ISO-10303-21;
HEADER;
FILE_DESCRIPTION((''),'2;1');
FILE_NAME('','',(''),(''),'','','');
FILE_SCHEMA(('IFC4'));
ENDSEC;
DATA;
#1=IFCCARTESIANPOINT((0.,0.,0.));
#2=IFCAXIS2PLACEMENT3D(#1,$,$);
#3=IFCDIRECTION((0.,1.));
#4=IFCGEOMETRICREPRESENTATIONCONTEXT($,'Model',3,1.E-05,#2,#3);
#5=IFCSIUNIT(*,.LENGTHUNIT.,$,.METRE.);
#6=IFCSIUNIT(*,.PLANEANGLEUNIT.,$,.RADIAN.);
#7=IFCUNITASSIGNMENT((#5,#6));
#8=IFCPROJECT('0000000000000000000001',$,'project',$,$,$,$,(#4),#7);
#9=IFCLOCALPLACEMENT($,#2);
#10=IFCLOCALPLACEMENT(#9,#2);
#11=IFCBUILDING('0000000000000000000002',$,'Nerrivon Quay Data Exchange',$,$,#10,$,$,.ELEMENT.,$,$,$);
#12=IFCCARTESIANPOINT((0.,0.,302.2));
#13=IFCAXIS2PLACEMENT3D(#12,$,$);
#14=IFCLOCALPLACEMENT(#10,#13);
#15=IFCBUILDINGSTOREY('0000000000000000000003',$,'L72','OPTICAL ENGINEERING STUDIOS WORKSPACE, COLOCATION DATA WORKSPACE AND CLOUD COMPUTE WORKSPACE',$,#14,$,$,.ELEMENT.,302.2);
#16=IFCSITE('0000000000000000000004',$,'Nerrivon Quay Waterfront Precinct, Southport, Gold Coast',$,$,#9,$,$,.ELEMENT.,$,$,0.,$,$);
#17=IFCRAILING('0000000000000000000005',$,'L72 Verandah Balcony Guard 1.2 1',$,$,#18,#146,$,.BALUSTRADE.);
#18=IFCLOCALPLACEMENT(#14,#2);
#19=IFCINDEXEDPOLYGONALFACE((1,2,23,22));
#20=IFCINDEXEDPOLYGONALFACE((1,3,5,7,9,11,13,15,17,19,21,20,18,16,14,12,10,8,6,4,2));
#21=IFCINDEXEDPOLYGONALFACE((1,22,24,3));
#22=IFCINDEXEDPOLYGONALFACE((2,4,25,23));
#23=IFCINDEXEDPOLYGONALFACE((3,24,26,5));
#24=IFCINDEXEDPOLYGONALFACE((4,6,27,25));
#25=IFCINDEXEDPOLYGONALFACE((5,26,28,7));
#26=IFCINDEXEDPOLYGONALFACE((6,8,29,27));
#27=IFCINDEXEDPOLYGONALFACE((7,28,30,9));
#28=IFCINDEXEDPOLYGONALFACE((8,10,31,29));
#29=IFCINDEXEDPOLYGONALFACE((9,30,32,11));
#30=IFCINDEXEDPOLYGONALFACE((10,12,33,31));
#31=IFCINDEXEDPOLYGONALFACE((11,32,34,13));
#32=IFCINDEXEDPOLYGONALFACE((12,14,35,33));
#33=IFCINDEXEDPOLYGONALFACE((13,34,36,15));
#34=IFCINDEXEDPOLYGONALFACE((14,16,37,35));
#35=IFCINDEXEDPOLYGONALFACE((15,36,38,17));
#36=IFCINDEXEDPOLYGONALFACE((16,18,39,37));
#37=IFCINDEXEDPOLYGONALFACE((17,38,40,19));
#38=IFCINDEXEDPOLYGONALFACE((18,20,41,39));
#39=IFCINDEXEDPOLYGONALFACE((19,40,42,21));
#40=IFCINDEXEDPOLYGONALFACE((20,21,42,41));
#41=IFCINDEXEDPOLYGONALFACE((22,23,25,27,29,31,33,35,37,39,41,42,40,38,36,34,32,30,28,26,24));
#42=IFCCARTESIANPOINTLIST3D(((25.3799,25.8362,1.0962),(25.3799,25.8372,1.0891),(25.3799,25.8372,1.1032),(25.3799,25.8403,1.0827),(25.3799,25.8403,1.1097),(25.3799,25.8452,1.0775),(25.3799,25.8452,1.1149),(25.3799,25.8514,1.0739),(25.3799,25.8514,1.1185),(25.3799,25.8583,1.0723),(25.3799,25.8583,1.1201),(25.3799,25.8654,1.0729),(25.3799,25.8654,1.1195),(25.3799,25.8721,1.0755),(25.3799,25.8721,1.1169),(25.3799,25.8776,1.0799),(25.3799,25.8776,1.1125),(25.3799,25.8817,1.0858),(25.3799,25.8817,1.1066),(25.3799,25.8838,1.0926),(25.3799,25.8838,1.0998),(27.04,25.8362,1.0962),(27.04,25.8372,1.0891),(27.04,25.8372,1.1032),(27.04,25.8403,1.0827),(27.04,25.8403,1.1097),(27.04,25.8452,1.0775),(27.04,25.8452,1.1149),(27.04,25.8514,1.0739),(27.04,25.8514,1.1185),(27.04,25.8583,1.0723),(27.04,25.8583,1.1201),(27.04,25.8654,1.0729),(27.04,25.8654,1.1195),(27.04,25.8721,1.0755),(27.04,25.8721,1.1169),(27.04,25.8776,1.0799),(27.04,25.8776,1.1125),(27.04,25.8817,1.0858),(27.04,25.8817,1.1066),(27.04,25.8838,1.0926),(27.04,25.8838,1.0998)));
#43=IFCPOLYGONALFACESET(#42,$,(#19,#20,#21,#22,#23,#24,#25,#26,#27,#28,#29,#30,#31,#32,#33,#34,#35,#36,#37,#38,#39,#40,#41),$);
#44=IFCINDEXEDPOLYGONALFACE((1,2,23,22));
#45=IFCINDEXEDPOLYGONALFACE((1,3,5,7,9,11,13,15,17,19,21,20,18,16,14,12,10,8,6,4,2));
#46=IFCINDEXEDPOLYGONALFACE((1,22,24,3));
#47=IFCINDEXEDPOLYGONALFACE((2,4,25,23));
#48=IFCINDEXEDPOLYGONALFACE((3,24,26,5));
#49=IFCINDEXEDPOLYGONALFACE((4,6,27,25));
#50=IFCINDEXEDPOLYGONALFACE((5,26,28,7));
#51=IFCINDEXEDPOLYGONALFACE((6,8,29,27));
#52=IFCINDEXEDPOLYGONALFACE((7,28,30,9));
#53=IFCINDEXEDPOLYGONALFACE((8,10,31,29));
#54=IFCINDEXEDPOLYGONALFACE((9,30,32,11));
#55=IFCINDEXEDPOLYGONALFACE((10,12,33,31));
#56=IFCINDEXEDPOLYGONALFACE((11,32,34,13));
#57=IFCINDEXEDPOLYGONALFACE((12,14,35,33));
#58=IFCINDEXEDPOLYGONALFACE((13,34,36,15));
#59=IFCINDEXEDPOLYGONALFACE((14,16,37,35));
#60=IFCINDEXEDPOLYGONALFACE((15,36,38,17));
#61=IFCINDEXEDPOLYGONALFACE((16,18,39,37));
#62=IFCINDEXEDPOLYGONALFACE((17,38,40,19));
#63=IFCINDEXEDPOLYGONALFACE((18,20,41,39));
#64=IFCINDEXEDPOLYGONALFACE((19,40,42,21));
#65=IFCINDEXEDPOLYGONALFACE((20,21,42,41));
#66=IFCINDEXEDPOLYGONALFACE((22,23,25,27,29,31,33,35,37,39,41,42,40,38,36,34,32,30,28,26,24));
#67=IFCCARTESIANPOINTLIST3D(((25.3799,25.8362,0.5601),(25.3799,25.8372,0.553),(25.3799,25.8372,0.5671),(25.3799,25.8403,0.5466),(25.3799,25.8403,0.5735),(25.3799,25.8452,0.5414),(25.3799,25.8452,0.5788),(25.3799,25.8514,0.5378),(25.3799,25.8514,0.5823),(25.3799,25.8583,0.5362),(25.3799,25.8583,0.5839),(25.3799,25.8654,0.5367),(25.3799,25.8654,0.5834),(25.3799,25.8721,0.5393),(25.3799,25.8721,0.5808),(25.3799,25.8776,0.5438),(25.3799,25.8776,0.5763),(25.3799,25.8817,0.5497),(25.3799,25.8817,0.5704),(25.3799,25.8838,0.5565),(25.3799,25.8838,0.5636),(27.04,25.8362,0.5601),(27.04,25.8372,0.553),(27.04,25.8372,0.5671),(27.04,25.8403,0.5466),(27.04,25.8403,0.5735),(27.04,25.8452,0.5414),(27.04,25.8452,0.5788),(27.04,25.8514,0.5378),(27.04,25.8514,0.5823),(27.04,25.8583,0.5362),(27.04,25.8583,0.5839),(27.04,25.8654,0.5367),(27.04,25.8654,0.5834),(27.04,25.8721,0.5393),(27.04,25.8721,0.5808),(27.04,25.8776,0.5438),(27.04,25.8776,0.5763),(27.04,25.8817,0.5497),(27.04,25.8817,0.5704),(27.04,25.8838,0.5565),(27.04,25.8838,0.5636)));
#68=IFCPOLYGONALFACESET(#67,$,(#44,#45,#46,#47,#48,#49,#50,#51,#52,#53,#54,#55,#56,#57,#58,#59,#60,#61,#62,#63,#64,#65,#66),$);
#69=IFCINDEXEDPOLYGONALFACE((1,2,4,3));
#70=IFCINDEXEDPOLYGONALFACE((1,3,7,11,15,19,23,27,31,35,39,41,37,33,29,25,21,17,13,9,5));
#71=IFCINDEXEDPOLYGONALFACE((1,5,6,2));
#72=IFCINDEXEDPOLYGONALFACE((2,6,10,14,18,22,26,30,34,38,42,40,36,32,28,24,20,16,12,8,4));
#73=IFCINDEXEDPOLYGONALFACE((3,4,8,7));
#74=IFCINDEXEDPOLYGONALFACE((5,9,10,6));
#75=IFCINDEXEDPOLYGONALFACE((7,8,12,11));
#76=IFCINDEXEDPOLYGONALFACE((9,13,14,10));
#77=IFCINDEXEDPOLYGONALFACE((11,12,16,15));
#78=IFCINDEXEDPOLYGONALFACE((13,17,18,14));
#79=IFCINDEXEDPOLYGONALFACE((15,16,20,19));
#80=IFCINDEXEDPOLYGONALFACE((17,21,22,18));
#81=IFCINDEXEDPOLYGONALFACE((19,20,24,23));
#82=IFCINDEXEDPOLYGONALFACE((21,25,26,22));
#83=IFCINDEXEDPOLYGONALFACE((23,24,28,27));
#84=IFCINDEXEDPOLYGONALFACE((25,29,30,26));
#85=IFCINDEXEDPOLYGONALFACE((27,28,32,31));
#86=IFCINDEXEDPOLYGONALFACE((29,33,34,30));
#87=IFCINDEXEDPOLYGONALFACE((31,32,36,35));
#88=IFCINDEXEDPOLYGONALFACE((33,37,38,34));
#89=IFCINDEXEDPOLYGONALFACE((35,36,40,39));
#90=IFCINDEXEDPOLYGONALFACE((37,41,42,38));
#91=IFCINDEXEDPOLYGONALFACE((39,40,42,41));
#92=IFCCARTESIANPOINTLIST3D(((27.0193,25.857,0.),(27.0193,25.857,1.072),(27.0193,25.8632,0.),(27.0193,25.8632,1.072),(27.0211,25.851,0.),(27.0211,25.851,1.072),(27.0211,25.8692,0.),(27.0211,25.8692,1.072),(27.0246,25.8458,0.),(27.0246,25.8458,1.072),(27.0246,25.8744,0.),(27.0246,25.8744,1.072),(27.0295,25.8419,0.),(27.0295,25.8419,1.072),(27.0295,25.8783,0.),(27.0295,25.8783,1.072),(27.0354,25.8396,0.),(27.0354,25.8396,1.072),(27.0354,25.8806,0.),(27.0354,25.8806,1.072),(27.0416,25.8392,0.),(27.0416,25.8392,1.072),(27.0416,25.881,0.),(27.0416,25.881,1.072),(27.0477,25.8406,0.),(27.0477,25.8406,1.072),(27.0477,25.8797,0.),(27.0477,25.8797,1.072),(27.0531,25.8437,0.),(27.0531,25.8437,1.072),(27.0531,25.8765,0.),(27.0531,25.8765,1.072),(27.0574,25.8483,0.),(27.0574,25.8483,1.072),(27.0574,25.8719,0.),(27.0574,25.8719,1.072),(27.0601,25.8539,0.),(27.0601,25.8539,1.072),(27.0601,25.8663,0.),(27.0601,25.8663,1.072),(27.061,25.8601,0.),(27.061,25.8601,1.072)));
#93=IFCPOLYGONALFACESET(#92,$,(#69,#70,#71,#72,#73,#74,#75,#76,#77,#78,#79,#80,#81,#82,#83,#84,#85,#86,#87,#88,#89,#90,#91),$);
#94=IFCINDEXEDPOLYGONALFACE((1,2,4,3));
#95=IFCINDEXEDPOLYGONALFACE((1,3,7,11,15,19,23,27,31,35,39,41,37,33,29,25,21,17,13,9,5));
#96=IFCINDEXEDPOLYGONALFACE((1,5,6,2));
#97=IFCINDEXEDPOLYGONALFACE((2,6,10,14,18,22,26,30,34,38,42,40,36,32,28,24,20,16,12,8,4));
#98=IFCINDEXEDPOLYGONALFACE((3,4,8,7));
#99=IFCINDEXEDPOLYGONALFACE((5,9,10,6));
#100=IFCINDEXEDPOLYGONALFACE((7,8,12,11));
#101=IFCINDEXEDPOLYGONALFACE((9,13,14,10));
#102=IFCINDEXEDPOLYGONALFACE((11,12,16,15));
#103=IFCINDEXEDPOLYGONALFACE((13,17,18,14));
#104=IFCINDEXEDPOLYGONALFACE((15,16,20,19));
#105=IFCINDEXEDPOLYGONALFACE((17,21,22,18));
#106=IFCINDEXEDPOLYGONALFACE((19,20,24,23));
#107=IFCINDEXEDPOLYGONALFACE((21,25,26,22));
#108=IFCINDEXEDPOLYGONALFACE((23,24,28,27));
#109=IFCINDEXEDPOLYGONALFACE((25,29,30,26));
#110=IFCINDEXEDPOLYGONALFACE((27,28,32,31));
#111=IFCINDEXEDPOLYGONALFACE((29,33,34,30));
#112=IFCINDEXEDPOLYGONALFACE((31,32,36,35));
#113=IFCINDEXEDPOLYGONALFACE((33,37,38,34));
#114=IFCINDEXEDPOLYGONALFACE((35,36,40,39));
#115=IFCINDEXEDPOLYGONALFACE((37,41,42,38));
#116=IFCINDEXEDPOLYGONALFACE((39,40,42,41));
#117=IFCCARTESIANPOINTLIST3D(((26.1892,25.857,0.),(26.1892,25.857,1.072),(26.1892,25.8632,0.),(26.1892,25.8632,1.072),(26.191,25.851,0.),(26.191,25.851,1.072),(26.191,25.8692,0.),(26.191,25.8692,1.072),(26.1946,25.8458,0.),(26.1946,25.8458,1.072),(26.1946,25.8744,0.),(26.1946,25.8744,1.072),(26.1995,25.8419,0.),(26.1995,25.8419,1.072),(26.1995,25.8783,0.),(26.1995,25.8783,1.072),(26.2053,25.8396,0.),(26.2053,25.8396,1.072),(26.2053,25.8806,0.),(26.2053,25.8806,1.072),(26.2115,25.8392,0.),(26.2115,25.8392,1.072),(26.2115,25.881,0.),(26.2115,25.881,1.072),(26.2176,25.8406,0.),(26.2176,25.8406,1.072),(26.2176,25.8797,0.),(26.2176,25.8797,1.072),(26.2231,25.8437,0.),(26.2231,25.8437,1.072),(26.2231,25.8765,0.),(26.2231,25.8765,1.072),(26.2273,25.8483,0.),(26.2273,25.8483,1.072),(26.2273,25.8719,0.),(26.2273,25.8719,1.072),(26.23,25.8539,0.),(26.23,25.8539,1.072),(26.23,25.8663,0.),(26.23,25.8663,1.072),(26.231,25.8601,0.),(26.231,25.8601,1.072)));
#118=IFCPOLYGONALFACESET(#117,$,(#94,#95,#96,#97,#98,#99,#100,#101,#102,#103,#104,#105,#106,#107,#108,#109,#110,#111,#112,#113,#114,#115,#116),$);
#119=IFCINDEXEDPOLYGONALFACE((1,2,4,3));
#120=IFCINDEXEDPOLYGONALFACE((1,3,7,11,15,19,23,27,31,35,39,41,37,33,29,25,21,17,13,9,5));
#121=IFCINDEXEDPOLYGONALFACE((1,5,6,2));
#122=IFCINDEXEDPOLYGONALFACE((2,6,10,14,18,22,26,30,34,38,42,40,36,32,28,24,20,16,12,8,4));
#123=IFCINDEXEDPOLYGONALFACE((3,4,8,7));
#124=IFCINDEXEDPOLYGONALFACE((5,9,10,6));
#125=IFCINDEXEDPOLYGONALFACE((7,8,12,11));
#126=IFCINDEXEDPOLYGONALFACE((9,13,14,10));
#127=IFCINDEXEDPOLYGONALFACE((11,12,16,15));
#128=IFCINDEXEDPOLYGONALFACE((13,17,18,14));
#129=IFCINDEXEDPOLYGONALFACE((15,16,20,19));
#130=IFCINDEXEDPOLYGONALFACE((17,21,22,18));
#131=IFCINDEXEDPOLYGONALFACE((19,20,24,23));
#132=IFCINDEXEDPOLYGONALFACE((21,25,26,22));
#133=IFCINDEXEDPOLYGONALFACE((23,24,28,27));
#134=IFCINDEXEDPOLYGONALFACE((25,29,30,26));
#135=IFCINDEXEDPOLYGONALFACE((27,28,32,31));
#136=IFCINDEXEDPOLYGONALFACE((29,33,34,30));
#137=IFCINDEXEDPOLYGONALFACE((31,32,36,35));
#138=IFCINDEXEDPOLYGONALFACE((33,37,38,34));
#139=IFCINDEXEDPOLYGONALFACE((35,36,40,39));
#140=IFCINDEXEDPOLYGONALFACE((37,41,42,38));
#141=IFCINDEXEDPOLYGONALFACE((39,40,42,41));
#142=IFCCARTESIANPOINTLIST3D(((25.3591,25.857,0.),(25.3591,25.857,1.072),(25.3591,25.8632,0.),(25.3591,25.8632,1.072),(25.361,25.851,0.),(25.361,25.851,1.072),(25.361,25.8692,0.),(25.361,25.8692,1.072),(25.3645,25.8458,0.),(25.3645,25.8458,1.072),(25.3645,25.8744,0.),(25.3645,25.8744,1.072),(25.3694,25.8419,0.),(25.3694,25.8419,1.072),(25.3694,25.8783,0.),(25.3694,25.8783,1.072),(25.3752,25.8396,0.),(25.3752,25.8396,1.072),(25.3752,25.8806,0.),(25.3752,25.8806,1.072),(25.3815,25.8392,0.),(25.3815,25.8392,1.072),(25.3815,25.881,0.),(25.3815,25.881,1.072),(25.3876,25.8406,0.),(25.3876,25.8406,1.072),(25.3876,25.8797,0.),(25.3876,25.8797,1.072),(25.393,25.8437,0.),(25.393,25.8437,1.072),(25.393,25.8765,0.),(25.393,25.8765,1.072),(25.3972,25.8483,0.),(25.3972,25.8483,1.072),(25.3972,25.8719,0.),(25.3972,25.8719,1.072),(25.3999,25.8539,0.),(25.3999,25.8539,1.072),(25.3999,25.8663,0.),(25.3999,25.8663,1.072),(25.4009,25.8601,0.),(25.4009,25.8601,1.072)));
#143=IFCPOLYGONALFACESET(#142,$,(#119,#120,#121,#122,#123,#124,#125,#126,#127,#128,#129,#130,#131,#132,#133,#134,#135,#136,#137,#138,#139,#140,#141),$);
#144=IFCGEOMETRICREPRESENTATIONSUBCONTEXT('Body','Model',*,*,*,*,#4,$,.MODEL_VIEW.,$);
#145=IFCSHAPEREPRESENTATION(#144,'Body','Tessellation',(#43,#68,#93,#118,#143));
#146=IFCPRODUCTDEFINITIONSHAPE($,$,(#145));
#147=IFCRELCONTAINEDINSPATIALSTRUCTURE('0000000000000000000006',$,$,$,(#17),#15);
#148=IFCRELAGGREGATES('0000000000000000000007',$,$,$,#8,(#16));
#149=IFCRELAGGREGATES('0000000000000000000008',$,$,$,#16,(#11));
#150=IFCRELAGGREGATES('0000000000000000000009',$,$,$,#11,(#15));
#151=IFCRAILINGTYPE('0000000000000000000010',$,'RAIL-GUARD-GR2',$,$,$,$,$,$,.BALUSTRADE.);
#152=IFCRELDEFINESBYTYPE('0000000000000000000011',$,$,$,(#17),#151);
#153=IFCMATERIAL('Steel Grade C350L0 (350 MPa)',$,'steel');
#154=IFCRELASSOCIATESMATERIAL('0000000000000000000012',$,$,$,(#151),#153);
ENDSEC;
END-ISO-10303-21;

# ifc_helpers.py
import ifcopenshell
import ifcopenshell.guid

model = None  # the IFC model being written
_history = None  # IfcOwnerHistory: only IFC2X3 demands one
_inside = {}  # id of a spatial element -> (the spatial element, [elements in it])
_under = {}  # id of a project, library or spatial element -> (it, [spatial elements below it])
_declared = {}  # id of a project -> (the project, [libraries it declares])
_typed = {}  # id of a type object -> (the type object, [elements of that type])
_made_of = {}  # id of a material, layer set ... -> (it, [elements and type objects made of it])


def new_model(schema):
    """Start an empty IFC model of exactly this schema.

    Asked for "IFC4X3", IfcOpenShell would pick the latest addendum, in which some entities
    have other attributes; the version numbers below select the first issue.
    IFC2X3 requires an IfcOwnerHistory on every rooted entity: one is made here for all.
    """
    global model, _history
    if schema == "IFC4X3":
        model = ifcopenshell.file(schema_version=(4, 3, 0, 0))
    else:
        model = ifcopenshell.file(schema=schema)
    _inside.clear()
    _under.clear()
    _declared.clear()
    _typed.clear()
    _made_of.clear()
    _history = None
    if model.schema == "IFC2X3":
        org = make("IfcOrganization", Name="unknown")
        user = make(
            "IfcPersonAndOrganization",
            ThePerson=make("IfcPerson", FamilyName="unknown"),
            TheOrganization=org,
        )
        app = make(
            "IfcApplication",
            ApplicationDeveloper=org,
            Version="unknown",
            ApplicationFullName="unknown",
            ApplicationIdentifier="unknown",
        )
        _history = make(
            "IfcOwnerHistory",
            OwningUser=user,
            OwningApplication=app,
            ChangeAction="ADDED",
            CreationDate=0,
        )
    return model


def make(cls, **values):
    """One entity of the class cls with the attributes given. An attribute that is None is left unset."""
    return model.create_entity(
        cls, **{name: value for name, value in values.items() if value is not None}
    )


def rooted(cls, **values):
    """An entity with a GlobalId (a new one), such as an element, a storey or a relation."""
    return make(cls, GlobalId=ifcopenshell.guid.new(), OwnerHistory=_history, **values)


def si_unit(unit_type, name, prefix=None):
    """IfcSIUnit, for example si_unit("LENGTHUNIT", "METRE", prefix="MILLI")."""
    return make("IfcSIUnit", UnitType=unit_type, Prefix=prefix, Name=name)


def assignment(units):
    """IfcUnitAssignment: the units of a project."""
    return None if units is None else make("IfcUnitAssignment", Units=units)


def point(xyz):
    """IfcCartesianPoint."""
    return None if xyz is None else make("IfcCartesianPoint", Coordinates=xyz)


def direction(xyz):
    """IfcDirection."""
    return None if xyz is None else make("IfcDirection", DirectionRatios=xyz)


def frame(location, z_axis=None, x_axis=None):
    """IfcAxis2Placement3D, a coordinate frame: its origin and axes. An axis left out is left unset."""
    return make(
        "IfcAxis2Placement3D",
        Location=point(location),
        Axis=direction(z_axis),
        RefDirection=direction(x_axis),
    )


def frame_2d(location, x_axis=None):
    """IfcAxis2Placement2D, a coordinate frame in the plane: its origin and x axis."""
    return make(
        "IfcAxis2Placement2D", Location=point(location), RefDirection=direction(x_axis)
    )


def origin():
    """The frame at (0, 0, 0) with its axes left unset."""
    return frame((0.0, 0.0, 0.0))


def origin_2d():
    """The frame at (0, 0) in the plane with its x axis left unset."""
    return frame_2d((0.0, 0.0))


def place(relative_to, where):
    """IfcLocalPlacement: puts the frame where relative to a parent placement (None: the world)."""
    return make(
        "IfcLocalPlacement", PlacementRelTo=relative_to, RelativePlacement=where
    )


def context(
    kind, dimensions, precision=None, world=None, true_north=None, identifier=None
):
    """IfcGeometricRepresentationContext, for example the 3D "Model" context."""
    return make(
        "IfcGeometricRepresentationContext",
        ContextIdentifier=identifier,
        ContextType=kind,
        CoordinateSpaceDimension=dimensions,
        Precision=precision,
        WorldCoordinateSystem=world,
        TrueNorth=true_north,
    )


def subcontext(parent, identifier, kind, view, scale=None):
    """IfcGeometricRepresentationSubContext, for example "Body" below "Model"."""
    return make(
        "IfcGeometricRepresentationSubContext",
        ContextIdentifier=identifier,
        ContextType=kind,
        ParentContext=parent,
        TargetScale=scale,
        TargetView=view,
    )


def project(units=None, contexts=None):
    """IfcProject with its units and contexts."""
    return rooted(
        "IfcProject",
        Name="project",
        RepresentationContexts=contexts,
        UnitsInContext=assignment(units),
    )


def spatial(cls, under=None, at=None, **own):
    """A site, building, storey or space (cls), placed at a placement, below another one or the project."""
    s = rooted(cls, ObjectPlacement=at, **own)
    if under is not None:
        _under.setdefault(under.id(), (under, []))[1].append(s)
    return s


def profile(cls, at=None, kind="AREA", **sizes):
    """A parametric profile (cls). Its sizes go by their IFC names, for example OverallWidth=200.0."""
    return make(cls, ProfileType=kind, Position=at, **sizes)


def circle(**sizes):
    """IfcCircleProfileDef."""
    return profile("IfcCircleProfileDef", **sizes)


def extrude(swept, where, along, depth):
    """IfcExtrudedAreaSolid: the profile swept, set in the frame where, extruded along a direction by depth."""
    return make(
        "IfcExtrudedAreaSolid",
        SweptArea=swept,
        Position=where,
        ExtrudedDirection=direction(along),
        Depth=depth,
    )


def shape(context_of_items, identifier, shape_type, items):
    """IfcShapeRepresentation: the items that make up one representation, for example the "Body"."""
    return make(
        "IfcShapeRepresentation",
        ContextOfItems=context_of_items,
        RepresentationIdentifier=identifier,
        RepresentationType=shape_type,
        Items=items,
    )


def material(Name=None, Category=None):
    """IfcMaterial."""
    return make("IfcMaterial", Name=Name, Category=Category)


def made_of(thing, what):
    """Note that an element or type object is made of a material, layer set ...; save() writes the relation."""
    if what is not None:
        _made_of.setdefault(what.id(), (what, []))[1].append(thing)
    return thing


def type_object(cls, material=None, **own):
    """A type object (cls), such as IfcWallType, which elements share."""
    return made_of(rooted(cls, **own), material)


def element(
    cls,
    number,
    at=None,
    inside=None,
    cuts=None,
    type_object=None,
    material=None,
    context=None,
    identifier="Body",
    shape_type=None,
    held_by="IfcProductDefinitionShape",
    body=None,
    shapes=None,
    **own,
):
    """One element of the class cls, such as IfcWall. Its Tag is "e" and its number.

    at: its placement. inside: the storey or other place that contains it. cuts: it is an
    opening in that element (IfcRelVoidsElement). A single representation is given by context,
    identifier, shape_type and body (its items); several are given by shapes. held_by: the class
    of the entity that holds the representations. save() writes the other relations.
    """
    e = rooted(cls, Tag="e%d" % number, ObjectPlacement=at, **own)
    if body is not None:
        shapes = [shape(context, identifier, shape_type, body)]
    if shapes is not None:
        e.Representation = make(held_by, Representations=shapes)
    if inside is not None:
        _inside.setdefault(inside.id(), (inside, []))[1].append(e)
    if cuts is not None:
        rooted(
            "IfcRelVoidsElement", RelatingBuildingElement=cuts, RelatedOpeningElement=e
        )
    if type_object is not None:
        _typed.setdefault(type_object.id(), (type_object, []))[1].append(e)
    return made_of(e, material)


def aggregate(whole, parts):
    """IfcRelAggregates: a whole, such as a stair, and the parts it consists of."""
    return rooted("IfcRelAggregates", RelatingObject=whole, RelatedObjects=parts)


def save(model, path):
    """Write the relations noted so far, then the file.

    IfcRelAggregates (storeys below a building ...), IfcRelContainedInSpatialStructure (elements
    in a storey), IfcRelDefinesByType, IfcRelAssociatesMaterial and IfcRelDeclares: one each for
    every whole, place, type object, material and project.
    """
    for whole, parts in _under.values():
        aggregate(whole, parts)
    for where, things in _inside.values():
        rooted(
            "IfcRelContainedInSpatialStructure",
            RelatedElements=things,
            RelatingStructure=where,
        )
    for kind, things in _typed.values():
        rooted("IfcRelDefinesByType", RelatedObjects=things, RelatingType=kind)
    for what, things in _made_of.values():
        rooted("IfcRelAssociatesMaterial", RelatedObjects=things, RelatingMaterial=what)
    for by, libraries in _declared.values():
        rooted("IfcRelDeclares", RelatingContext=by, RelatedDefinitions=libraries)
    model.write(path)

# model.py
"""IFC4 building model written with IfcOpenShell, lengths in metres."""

from ifc_helpers import new_model, si_unit, direction, frame, origin, origin_2d, place, context, subcontext, project, spatial, circle, extrude, material, type_object, element, save


model = new_model("IFC4")

# Units and contexts
model_context = context("Model", 3, precision=1e-05, world=origin(), true_north=direction((0.0, 1.0)))
body_context = subcontext(model_context, "Body", "Model", "MODEL_VIEW")
ifc_project = project(units=[si_unit("LENGTHUNIT", "METRE"), si_unit("PLANEANGLEUNIT", "RADIAN")], contexts=[model_context])

# Site, building, storey
site_placement = place(None, origin())
site = spatial("IfcSite", under=ifc_project, at=site_placement, Name="Nerrivon Quay Waterfront Precinct, Southport, Gold Coast", CompositionType="ELEMENT", RefElevation=0.0)
building_placement = place(site_placement, origin())
building = spatial("IfcBuilding", under=site, at=building_placement, Name="Nerrivon Quay Data Exchange", CompositionType="ELEMENT")
storey_placement = place(building_placement, frame((0.0, 0.0, 302.2)))
storey = spatial("IfcBuildingStorey", under=building, at=storey_placement, Name="L72", Description="OPTICAL ENGINEERING STUDIOS WORKSPACE, COLOCATION DATA WORKSPACE AND CLOUD COMPUTE WORKSPACE", CompositionType="ELEMENT", Elevation=302.2)

# Shared definitions
ifc_material_1 = material(Name="Steel Grade C350L0 (350 MPa)", Category="steel")

# Railing
railing_type = type_object("IfcRailingType", Name="RAIL-GUARD-GR2", PredefinedType="BALUSTRADE", material=ifc_material_1)
railing_1_placement = place(storey_placement, frame((27.04, 25.8601, 0.0)))
element("IfcRailing", 1, at=railing_1_placement, inside=storey, type_object=railing_type, Name="L72 Verandah Balcony Guard 1.2 1", PredefinedType="BALUSTRADE", context=body_context, shape_type="SweptSolid", body=[
    extrude(circle(Radius=0.0239, at=origin_2d()), frame((0.0, 0.0, 1.0962), z_axis=(-1.0, 0.0, 0.0), x_axis=(0.0, -1.0, 0.0)), (0.0, 0.0, 1.0), 1.6602),
    extrude(circle(Radius=0.0239, at=origin_2d()), frame((0.0, 0.0, 0.5601), z_axis=(-1.0, 0.0, 0.0), x_axis=(0.0, -1.0, 0.0)), (0.0, 0.0, 1.0), 1.6602),
    extrude(circle(Radius=0.021, at=origin_2d()), origin(), (0.0, 0.0, 1.0), 1.072),
    extrude(circle(Radius=0.021, at=origin_2d()), frame((-0.8301, 0.0, 0.0)), (0.0, 0.0, 1.0), 1.072),
    extrude(circle(Radius=0.021, at=origin_2d()), frame((-1.6602, 0.0, 0.0)), (0.0, 0.0, 1.0), 1.072),
])

save(model, "model.ifc")
